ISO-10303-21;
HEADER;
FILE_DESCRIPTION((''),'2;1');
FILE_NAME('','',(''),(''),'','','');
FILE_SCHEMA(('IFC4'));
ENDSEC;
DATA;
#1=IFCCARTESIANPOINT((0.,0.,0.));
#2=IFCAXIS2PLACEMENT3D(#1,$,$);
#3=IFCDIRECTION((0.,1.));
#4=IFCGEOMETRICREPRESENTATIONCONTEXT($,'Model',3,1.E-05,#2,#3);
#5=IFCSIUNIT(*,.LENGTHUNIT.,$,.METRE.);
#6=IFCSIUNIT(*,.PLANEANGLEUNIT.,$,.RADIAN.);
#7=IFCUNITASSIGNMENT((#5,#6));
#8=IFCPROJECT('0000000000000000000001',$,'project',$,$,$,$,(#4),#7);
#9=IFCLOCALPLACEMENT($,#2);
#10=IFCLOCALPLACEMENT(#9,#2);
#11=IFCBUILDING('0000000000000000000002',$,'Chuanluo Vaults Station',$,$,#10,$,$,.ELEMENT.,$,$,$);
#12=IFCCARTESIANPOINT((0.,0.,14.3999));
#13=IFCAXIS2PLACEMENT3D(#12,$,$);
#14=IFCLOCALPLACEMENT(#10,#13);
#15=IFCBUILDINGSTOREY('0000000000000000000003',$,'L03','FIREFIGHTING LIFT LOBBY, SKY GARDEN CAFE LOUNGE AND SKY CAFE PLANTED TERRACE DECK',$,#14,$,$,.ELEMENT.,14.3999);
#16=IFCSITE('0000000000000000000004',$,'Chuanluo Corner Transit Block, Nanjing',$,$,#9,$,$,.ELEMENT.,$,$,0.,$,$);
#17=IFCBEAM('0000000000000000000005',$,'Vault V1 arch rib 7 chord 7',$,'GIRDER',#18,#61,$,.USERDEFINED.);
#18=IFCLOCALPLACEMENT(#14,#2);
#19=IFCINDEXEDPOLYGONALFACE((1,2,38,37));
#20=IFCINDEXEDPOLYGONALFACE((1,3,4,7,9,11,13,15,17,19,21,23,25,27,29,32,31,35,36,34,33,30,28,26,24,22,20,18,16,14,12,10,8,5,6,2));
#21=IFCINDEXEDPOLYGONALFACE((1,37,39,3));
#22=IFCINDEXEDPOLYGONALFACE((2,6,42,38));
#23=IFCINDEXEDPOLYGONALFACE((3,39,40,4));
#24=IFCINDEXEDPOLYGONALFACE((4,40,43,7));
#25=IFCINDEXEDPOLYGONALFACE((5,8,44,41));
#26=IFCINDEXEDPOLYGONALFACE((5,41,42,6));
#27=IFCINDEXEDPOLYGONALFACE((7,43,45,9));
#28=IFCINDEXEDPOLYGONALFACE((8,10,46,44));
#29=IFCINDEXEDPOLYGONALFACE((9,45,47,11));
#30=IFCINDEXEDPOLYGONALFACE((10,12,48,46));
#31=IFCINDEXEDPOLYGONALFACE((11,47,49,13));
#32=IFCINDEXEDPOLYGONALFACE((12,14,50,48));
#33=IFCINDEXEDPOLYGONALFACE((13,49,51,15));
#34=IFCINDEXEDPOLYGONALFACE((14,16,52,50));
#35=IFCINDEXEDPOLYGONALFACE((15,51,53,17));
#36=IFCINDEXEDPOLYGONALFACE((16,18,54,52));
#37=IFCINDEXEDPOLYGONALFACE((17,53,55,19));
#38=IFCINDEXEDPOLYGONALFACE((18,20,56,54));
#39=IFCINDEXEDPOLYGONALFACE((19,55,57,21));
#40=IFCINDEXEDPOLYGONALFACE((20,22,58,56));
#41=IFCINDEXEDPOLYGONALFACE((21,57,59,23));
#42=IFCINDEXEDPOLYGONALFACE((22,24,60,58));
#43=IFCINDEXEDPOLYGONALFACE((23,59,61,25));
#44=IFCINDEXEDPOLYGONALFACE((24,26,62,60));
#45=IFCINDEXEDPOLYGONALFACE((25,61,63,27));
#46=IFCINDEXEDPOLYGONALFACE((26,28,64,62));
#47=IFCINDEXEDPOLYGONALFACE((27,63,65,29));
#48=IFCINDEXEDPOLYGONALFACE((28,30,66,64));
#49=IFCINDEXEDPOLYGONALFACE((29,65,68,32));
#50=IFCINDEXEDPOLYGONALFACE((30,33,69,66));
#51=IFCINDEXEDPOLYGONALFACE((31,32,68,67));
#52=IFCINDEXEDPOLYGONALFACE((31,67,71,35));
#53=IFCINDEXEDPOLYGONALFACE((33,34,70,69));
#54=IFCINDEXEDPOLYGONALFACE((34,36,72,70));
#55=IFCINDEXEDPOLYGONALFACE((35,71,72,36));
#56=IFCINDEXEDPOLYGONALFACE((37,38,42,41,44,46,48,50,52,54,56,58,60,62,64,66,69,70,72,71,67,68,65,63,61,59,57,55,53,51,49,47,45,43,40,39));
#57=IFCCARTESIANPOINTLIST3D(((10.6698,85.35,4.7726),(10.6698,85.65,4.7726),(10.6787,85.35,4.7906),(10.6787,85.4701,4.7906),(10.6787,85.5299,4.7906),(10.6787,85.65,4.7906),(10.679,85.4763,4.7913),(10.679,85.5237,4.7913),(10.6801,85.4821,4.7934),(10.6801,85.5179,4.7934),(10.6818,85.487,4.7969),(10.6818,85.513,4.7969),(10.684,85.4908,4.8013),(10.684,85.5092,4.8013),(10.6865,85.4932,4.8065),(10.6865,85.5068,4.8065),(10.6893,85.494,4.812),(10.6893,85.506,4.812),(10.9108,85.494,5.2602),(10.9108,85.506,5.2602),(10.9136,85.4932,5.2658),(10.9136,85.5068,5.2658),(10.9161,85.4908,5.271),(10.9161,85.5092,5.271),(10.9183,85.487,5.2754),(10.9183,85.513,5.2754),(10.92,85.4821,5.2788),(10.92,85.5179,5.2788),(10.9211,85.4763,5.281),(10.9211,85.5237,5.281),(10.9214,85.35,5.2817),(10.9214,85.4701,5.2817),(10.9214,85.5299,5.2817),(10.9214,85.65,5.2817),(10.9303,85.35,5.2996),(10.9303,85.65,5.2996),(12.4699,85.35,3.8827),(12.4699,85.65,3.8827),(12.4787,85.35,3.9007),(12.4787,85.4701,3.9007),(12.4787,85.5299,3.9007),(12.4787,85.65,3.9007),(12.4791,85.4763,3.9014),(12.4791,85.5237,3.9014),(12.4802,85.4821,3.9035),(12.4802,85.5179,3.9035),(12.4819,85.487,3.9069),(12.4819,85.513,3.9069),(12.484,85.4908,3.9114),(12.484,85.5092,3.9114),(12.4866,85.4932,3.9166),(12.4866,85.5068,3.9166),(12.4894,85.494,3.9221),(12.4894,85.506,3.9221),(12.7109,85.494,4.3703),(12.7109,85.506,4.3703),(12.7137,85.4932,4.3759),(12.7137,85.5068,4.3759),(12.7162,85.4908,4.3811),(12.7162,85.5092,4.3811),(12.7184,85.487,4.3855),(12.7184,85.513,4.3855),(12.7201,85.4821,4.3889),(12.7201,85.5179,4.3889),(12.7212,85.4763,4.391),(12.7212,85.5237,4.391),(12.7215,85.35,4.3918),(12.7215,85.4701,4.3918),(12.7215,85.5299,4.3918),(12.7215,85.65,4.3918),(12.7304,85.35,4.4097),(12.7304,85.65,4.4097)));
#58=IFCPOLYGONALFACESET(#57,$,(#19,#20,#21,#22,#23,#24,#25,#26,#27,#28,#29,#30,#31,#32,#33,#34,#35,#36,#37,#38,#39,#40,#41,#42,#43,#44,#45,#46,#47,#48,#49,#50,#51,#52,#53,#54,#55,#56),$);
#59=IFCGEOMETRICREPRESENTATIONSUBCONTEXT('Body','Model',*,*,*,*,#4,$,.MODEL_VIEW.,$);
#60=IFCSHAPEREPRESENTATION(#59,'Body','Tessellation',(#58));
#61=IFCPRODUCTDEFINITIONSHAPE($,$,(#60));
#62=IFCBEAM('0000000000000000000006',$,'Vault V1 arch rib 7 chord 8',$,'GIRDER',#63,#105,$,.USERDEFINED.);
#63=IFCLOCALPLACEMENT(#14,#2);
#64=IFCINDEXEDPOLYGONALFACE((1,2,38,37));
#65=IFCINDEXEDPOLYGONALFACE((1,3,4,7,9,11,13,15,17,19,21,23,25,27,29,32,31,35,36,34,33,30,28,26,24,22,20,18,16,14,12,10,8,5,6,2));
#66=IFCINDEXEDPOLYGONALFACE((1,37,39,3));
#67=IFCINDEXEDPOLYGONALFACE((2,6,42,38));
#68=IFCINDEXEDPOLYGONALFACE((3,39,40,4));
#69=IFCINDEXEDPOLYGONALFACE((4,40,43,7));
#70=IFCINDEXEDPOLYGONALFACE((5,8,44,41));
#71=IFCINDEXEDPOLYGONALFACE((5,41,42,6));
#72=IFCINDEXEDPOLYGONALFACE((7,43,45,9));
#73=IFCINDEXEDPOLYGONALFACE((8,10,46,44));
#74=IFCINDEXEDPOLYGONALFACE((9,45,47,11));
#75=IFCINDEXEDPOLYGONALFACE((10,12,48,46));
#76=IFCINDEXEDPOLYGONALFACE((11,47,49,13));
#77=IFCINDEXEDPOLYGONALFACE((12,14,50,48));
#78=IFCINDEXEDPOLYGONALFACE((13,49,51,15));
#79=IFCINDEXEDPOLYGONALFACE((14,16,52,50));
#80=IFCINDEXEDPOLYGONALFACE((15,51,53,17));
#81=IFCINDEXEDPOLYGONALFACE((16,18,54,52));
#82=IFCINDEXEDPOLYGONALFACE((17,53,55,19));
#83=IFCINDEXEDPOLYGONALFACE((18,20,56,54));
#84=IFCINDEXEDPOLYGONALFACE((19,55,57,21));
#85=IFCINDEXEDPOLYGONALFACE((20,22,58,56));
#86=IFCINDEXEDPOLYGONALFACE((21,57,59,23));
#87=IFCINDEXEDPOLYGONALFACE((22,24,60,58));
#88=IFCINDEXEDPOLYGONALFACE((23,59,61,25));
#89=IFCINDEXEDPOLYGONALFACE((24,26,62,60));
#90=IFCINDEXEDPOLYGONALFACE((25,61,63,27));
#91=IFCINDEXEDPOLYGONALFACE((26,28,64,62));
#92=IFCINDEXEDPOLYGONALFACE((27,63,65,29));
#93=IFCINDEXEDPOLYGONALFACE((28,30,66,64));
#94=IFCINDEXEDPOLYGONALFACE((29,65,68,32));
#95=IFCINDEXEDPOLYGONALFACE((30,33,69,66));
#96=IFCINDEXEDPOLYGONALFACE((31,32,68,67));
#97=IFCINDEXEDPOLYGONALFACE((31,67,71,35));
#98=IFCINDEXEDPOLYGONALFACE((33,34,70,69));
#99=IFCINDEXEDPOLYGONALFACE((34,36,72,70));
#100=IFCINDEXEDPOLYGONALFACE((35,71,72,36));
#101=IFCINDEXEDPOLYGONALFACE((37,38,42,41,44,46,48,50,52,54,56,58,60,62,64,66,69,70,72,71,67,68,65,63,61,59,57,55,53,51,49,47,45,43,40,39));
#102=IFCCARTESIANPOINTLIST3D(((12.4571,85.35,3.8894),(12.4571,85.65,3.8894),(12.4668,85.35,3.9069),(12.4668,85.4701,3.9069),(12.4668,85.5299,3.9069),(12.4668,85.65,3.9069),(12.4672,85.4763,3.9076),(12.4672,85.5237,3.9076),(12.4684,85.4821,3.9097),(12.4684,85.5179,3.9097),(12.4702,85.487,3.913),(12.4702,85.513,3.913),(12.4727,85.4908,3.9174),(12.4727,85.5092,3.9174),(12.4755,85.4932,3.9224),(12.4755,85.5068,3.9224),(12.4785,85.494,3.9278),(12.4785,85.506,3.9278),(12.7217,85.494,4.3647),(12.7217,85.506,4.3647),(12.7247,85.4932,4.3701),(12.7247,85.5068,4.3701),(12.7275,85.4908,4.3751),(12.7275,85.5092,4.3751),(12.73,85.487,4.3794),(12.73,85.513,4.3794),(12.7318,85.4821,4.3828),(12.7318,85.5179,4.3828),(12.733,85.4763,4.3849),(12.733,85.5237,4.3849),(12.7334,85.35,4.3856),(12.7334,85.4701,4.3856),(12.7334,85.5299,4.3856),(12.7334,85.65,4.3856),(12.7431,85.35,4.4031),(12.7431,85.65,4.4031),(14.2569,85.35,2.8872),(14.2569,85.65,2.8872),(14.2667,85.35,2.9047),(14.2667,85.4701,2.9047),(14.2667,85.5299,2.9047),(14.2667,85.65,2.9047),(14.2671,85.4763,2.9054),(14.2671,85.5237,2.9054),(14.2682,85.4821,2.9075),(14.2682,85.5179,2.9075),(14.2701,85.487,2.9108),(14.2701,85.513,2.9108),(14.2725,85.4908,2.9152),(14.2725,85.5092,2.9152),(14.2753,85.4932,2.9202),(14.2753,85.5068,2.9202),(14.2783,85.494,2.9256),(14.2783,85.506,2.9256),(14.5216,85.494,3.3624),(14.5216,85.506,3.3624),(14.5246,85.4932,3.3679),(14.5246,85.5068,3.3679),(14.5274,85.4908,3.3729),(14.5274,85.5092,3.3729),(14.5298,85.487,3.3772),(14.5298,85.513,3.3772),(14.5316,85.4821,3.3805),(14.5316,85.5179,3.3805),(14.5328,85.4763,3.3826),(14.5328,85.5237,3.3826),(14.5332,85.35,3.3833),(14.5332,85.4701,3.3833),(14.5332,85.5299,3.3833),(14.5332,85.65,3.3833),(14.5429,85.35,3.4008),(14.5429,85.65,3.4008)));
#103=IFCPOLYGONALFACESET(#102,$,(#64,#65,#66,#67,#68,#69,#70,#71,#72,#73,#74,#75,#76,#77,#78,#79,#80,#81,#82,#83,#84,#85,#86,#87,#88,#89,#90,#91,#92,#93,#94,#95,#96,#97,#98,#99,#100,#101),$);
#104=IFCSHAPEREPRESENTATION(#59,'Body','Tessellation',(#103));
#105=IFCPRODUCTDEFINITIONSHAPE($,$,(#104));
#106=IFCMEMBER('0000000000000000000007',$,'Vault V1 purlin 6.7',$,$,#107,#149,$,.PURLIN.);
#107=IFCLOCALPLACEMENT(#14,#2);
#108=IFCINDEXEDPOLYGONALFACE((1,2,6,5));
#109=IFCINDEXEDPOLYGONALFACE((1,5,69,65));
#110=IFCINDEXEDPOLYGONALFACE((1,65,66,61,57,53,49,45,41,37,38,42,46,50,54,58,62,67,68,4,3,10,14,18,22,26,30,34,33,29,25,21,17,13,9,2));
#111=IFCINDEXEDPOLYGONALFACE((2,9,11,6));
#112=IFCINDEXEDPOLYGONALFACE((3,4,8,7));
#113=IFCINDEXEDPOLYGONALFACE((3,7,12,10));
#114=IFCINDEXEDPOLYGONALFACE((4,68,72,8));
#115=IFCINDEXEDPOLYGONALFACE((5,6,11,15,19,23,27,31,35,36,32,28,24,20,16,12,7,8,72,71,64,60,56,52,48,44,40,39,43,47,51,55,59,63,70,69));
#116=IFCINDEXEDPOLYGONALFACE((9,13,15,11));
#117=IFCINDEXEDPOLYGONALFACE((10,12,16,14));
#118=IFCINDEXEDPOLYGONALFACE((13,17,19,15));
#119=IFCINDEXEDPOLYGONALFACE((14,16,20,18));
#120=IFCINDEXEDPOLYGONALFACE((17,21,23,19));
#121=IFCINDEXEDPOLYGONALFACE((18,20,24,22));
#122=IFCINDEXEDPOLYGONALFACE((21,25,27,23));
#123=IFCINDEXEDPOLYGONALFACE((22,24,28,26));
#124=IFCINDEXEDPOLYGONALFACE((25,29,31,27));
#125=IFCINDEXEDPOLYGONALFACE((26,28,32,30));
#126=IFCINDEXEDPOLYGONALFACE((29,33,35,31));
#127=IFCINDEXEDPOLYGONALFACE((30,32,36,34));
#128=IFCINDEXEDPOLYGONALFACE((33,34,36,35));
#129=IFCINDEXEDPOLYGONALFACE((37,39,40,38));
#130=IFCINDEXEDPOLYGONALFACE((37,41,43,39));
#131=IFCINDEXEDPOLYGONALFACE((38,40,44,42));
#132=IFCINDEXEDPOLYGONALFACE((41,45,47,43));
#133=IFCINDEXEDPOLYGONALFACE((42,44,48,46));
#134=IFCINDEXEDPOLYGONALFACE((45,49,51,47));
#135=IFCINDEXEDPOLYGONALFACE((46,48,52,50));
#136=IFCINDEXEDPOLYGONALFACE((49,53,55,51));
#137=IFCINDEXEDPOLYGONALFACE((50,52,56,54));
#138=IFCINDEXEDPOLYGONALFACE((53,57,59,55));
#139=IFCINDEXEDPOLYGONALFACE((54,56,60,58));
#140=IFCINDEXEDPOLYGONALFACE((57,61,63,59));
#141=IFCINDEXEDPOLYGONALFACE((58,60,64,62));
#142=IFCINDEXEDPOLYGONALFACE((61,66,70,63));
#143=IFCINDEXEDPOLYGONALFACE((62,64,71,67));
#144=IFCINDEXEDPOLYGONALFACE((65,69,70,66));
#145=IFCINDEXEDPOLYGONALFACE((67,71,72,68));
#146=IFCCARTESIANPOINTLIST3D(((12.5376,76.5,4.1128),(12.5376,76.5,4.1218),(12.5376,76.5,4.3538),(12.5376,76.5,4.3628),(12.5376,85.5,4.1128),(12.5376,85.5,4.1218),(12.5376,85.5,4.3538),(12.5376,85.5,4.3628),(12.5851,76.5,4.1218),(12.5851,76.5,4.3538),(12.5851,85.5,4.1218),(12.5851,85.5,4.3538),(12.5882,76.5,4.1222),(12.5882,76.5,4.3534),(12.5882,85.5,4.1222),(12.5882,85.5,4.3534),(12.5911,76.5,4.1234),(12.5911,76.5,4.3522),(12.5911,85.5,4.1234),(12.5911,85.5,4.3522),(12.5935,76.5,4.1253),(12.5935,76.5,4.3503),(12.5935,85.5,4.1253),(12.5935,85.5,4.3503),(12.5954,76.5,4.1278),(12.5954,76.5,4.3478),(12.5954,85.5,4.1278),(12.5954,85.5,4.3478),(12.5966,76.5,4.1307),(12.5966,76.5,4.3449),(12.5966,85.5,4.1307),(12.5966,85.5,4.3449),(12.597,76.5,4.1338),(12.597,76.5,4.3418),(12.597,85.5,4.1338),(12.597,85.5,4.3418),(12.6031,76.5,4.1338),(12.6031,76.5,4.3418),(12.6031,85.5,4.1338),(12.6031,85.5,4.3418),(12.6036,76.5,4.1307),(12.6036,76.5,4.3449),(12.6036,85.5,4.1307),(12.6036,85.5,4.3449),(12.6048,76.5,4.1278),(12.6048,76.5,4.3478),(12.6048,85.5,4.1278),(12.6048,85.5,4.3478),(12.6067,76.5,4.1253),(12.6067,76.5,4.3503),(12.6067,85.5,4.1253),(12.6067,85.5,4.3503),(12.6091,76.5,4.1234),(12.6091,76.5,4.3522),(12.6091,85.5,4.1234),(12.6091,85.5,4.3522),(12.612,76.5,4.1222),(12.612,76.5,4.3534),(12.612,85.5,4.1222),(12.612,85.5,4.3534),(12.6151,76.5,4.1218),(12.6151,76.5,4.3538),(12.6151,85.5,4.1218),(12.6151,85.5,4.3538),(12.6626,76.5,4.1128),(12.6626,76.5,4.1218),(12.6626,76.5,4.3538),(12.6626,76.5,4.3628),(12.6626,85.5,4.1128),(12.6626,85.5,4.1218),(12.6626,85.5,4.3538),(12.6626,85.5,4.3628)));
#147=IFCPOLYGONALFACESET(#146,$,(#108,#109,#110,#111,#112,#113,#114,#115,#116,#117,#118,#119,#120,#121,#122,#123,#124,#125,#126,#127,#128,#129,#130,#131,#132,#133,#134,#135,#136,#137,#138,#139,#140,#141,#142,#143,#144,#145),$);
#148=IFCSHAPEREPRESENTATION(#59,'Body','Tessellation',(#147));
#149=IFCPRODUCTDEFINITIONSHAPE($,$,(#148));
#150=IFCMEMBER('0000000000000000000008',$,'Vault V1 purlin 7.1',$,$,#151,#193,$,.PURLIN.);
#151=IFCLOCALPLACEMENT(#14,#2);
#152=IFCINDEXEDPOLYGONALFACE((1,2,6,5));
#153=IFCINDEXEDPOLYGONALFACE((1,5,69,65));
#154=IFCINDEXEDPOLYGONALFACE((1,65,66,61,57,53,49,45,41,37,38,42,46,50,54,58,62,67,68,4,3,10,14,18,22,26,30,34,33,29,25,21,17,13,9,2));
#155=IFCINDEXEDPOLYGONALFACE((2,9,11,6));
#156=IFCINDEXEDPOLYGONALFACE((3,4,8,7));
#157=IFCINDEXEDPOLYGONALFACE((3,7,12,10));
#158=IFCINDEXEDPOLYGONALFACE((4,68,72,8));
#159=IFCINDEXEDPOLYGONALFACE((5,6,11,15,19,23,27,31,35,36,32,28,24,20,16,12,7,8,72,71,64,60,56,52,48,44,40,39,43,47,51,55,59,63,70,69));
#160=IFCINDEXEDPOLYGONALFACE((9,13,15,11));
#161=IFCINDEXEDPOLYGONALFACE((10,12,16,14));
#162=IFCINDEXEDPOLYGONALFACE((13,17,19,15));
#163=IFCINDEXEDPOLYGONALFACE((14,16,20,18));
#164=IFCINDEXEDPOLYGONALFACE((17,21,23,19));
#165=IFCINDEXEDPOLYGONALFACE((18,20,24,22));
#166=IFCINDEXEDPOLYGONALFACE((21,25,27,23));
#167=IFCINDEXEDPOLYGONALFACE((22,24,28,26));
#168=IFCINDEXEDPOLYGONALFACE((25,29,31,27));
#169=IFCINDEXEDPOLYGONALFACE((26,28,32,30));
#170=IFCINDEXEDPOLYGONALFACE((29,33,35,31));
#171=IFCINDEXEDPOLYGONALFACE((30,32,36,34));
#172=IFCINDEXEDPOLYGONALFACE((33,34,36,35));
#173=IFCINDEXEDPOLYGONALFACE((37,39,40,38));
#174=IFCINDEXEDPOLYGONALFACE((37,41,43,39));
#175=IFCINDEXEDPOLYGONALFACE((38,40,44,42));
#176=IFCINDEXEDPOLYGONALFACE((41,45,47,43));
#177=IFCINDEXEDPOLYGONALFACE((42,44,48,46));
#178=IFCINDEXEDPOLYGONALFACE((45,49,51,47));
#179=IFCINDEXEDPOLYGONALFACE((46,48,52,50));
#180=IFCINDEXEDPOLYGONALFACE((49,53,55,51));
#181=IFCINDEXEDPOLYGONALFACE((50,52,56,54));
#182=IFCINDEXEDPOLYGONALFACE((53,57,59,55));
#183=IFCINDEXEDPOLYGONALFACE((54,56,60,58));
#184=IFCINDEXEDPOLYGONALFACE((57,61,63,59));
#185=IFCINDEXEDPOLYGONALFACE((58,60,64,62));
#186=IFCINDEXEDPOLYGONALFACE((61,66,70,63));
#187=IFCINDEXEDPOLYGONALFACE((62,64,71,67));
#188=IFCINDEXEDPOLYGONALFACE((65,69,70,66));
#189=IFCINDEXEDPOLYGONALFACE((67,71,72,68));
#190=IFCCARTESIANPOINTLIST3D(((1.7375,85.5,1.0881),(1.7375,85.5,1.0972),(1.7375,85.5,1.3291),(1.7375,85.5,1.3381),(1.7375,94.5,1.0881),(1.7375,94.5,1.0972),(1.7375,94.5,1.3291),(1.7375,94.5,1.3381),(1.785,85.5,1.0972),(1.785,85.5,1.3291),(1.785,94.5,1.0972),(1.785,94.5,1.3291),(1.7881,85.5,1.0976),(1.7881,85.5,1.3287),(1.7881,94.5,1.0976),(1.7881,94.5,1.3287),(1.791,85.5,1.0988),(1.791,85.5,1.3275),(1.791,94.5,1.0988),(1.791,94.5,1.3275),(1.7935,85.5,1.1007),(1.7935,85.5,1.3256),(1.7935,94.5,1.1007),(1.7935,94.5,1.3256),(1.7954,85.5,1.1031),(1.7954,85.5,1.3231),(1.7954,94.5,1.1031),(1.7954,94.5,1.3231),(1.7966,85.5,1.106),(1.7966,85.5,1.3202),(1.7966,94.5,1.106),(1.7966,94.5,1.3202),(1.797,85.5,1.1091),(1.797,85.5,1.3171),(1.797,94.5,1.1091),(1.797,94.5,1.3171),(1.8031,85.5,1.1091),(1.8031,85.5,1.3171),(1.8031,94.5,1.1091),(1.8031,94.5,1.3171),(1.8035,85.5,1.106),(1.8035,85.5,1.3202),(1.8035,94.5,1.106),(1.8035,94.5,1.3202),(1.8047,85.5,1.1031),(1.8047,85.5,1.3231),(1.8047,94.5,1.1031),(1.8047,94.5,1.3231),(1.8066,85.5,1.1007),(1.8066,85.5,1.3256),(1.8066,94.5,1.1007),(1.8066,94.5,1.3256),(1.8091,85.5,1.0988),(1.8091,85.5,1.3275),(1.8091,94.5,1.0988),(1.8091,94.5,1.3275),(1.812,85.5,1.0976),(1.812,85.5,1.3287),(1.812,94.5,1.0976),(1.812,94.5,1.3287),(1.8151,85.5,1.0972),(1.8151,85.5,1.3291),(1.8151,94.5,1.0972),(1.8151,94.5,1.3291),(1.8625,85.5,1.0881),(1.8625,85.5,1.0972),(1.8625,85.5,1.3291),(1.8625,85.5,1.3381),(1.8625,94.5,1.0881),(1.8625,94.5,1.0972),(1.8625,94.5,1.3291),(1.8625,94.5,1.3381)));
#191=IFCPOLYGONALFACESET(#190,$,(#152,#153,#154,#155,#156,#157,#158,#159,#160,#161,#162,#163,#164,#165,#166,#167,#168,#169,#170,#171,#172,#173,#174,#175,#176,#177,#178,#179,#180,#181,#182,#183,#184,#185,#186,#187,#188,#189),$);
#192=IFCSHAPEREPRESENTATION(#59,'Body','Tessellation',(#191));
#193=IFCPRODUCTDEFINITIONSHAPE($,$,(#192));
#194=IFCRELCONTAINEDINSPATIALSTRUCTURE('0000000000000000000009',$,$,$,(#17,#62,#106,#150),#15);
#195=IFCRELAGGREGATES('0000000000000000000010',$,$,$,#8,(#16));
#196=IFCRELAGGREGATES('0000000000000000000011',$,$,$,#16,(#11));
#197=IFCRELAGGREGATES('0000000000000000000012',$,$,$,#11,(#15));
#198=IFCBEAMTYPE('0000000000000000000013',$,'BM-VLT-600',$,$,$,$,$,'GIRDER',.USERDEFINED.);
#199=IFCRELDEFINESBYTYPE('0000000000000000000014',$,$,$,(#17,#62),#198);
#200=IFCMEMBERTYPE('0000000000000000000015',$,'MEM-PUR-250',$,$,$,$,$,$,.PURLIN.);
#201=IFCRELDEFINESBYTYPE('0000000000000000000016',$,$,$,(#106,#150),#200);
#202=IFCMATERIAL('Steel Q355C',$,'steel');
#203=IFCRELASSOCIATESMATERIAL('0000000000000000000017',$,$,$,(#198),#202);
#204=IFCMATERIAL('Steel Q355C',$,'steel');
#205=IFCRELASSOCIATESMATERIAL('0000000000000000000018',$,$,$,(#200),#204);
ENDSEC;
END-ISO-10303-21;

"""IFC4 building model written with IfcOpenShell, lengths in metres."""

from ifc_helpers import new_model, si_unit, direction, frame, origin, origin_2d, place, context, subcontext, project, spatial, i_section, extrude, material, material_profile, profile_set, type_object, element, save


model = new_model("IFC4")

# Units and contexts
model_context = context("Model", 3, precision=1e-05, world=origin(), true_north=direction((0.0, 1.0)))
body_context = subcontext(model_context, "Body", "Model", "MODEL_VIEW")
ifc_project = project(units=[si_unit("LENGTHUNIT", "METRE"), si_unit("PLANEANGLEUNIT", "RADIAN")], contexts=[model_context])

# Site, building, storey
site_placement = place(None, origin())
site = spatial("IfcSite", under=ifc_project, at=site_placement, Name="Chuanluo Corner Transit Block, Nanjing", CompositionType="ELEMENT", RefElevation=0.0)
building_placement = place(site_placement, origin())
building = spatial("IfcBuilding", under=site, at=building_placement, Name="Chuanluo Vaults Station", CompositionType="ELEMENT")
storey_placement = place(building_placement, frame((0.0, 0.0, 14.3999)))
storey = spatial("IfcBuildingStorey", under=building, at=storey_placement, Name="L03", Description="FIREFIGHTING LIFT LOBBY, SKY GARDEN CAFE LOUNGE AND SKY CAFE PLANTED TERRACE DECK", CompositionType="ELEMENT", Elevation=14.3999)

# Beams
ifc_material_1 = material(Name="Steel Q355C", Category="steel")
ifc_material_profile_1 = material_profile(ifc_material_1, i_section(OverallWidth=0.3, OverallDepth=0.5879, WebThickness=0.012, FlangeThickness=0.02, FilletRadius=0.0239, at=origin_2d()))
ifc_profile_set_1 = profile_set([ifc_material_profile_1], Name="Steel Q355C")
beam_type_1 = type_object("IfcBeamType", Name="BM-VLT-600", ElementType="GIRDER", PredefinedType="USERDEFINED", material=ifc_profile_set_1)
beam_1_placement = place(storey_placement, frame((10.8, 85.5, 5.0361), z_axis=(0.896436, 0.0, -0.443172), x_axis=(0.0, 1.0, 0.0)))
element("IfcBeam", 1, at=beam_1_placement, inside=storey, type_object=beam_type_1, Name="Vault V1 arch rib 7 chord 7", ObjectType="GIRDER", PredefinedType="USERDEFINED", context=body_context, shape_type="SweptSolid", body=[
    extrude(i_section(OverallWidth=0.3, OverallDepth=0.5879, WebThickness=0.012, FlangeThickness=0.02, FilletRadius=0.0239, at=origin_2d()), origin(), (0.0, 0.0, 1.0), 2.0081),
])
beam_2_placement = place(storey_placement, frame((12.6001, 85.5, 4.1462), z_axis=(0.873682, 0.0, -0.486498), x_axis=(0.0, 1.0, 0.0)))
element("IfcBeam", 2, at=beam_2_placement, inside=storey, type_object=beam_type_1, Name="Vault V1 arch rib 7 chord 8", ObjectType="GIRDER", PredefinedType="USERDEFINED", context=body_context, shape_type="SweptSolid", body=[
    extrude(i_section(OverallWidth=0.3, OverallDepth=0.5879, WebThickness=0.012, FlangeThickness=0.02, FilletRadius=0.0239, at=origin_2d()), origin(), (0.0, 0.0, 1.0), 2.0601),
])

# Members
ifc_material_2 = material(Name="Steel Q355C", Category="steel")
ifc_material_profile_2 = material_profile(ifc_material_2, i_section(OverallWidth=0.125, OverallDepth=0.25, WebThickness=0.0061, FlangeThickness=0.009, FilletRadius=0.012, at=origin_2d()))
ifc_profile_set_2 = profile_set([ifc_material_profile_2], Name="Steel Q355C")
member_type_1 = type_object("IfcMemberType", Name="MEM-PUR-250", PredefinedType="PURLIN", material=ifc_profile_set_2)
for number, where, z_axis, x_axis, name in (
    (3, (12.6001, 76.5, 4.2378), (0.0, 1.0, 0.0), (-1.0, 0.0, 0.0), "Vault V1 purlin 6.7"),
    (4, (1.8, 85.5, 1.2131), (0.0, 1.0, 0.0), (-1.0, 0.0, 0.0), "Vault V1 purlin 7.1"),
):
    element("IfcMember", number, at=place(storey_placement, frame(where, z_axis=z_axis, x_axis=x_axis)), inside=storey, type_object=member_type_1, Name=name, PredefinedType="PURLIN", context=body_context, shape_type="SweptSolid", body=[
        extrude(i_section(OverallWidth=0.125, OverallDepth=0.25, WebThickness=0.0061, FlangeThickness=0.009, FilletRadius=0.012, at=origin_2d()), origin(), (0.0, 0.0, 1.0), 9.0),
    ])

save(model, "model.ifc")
